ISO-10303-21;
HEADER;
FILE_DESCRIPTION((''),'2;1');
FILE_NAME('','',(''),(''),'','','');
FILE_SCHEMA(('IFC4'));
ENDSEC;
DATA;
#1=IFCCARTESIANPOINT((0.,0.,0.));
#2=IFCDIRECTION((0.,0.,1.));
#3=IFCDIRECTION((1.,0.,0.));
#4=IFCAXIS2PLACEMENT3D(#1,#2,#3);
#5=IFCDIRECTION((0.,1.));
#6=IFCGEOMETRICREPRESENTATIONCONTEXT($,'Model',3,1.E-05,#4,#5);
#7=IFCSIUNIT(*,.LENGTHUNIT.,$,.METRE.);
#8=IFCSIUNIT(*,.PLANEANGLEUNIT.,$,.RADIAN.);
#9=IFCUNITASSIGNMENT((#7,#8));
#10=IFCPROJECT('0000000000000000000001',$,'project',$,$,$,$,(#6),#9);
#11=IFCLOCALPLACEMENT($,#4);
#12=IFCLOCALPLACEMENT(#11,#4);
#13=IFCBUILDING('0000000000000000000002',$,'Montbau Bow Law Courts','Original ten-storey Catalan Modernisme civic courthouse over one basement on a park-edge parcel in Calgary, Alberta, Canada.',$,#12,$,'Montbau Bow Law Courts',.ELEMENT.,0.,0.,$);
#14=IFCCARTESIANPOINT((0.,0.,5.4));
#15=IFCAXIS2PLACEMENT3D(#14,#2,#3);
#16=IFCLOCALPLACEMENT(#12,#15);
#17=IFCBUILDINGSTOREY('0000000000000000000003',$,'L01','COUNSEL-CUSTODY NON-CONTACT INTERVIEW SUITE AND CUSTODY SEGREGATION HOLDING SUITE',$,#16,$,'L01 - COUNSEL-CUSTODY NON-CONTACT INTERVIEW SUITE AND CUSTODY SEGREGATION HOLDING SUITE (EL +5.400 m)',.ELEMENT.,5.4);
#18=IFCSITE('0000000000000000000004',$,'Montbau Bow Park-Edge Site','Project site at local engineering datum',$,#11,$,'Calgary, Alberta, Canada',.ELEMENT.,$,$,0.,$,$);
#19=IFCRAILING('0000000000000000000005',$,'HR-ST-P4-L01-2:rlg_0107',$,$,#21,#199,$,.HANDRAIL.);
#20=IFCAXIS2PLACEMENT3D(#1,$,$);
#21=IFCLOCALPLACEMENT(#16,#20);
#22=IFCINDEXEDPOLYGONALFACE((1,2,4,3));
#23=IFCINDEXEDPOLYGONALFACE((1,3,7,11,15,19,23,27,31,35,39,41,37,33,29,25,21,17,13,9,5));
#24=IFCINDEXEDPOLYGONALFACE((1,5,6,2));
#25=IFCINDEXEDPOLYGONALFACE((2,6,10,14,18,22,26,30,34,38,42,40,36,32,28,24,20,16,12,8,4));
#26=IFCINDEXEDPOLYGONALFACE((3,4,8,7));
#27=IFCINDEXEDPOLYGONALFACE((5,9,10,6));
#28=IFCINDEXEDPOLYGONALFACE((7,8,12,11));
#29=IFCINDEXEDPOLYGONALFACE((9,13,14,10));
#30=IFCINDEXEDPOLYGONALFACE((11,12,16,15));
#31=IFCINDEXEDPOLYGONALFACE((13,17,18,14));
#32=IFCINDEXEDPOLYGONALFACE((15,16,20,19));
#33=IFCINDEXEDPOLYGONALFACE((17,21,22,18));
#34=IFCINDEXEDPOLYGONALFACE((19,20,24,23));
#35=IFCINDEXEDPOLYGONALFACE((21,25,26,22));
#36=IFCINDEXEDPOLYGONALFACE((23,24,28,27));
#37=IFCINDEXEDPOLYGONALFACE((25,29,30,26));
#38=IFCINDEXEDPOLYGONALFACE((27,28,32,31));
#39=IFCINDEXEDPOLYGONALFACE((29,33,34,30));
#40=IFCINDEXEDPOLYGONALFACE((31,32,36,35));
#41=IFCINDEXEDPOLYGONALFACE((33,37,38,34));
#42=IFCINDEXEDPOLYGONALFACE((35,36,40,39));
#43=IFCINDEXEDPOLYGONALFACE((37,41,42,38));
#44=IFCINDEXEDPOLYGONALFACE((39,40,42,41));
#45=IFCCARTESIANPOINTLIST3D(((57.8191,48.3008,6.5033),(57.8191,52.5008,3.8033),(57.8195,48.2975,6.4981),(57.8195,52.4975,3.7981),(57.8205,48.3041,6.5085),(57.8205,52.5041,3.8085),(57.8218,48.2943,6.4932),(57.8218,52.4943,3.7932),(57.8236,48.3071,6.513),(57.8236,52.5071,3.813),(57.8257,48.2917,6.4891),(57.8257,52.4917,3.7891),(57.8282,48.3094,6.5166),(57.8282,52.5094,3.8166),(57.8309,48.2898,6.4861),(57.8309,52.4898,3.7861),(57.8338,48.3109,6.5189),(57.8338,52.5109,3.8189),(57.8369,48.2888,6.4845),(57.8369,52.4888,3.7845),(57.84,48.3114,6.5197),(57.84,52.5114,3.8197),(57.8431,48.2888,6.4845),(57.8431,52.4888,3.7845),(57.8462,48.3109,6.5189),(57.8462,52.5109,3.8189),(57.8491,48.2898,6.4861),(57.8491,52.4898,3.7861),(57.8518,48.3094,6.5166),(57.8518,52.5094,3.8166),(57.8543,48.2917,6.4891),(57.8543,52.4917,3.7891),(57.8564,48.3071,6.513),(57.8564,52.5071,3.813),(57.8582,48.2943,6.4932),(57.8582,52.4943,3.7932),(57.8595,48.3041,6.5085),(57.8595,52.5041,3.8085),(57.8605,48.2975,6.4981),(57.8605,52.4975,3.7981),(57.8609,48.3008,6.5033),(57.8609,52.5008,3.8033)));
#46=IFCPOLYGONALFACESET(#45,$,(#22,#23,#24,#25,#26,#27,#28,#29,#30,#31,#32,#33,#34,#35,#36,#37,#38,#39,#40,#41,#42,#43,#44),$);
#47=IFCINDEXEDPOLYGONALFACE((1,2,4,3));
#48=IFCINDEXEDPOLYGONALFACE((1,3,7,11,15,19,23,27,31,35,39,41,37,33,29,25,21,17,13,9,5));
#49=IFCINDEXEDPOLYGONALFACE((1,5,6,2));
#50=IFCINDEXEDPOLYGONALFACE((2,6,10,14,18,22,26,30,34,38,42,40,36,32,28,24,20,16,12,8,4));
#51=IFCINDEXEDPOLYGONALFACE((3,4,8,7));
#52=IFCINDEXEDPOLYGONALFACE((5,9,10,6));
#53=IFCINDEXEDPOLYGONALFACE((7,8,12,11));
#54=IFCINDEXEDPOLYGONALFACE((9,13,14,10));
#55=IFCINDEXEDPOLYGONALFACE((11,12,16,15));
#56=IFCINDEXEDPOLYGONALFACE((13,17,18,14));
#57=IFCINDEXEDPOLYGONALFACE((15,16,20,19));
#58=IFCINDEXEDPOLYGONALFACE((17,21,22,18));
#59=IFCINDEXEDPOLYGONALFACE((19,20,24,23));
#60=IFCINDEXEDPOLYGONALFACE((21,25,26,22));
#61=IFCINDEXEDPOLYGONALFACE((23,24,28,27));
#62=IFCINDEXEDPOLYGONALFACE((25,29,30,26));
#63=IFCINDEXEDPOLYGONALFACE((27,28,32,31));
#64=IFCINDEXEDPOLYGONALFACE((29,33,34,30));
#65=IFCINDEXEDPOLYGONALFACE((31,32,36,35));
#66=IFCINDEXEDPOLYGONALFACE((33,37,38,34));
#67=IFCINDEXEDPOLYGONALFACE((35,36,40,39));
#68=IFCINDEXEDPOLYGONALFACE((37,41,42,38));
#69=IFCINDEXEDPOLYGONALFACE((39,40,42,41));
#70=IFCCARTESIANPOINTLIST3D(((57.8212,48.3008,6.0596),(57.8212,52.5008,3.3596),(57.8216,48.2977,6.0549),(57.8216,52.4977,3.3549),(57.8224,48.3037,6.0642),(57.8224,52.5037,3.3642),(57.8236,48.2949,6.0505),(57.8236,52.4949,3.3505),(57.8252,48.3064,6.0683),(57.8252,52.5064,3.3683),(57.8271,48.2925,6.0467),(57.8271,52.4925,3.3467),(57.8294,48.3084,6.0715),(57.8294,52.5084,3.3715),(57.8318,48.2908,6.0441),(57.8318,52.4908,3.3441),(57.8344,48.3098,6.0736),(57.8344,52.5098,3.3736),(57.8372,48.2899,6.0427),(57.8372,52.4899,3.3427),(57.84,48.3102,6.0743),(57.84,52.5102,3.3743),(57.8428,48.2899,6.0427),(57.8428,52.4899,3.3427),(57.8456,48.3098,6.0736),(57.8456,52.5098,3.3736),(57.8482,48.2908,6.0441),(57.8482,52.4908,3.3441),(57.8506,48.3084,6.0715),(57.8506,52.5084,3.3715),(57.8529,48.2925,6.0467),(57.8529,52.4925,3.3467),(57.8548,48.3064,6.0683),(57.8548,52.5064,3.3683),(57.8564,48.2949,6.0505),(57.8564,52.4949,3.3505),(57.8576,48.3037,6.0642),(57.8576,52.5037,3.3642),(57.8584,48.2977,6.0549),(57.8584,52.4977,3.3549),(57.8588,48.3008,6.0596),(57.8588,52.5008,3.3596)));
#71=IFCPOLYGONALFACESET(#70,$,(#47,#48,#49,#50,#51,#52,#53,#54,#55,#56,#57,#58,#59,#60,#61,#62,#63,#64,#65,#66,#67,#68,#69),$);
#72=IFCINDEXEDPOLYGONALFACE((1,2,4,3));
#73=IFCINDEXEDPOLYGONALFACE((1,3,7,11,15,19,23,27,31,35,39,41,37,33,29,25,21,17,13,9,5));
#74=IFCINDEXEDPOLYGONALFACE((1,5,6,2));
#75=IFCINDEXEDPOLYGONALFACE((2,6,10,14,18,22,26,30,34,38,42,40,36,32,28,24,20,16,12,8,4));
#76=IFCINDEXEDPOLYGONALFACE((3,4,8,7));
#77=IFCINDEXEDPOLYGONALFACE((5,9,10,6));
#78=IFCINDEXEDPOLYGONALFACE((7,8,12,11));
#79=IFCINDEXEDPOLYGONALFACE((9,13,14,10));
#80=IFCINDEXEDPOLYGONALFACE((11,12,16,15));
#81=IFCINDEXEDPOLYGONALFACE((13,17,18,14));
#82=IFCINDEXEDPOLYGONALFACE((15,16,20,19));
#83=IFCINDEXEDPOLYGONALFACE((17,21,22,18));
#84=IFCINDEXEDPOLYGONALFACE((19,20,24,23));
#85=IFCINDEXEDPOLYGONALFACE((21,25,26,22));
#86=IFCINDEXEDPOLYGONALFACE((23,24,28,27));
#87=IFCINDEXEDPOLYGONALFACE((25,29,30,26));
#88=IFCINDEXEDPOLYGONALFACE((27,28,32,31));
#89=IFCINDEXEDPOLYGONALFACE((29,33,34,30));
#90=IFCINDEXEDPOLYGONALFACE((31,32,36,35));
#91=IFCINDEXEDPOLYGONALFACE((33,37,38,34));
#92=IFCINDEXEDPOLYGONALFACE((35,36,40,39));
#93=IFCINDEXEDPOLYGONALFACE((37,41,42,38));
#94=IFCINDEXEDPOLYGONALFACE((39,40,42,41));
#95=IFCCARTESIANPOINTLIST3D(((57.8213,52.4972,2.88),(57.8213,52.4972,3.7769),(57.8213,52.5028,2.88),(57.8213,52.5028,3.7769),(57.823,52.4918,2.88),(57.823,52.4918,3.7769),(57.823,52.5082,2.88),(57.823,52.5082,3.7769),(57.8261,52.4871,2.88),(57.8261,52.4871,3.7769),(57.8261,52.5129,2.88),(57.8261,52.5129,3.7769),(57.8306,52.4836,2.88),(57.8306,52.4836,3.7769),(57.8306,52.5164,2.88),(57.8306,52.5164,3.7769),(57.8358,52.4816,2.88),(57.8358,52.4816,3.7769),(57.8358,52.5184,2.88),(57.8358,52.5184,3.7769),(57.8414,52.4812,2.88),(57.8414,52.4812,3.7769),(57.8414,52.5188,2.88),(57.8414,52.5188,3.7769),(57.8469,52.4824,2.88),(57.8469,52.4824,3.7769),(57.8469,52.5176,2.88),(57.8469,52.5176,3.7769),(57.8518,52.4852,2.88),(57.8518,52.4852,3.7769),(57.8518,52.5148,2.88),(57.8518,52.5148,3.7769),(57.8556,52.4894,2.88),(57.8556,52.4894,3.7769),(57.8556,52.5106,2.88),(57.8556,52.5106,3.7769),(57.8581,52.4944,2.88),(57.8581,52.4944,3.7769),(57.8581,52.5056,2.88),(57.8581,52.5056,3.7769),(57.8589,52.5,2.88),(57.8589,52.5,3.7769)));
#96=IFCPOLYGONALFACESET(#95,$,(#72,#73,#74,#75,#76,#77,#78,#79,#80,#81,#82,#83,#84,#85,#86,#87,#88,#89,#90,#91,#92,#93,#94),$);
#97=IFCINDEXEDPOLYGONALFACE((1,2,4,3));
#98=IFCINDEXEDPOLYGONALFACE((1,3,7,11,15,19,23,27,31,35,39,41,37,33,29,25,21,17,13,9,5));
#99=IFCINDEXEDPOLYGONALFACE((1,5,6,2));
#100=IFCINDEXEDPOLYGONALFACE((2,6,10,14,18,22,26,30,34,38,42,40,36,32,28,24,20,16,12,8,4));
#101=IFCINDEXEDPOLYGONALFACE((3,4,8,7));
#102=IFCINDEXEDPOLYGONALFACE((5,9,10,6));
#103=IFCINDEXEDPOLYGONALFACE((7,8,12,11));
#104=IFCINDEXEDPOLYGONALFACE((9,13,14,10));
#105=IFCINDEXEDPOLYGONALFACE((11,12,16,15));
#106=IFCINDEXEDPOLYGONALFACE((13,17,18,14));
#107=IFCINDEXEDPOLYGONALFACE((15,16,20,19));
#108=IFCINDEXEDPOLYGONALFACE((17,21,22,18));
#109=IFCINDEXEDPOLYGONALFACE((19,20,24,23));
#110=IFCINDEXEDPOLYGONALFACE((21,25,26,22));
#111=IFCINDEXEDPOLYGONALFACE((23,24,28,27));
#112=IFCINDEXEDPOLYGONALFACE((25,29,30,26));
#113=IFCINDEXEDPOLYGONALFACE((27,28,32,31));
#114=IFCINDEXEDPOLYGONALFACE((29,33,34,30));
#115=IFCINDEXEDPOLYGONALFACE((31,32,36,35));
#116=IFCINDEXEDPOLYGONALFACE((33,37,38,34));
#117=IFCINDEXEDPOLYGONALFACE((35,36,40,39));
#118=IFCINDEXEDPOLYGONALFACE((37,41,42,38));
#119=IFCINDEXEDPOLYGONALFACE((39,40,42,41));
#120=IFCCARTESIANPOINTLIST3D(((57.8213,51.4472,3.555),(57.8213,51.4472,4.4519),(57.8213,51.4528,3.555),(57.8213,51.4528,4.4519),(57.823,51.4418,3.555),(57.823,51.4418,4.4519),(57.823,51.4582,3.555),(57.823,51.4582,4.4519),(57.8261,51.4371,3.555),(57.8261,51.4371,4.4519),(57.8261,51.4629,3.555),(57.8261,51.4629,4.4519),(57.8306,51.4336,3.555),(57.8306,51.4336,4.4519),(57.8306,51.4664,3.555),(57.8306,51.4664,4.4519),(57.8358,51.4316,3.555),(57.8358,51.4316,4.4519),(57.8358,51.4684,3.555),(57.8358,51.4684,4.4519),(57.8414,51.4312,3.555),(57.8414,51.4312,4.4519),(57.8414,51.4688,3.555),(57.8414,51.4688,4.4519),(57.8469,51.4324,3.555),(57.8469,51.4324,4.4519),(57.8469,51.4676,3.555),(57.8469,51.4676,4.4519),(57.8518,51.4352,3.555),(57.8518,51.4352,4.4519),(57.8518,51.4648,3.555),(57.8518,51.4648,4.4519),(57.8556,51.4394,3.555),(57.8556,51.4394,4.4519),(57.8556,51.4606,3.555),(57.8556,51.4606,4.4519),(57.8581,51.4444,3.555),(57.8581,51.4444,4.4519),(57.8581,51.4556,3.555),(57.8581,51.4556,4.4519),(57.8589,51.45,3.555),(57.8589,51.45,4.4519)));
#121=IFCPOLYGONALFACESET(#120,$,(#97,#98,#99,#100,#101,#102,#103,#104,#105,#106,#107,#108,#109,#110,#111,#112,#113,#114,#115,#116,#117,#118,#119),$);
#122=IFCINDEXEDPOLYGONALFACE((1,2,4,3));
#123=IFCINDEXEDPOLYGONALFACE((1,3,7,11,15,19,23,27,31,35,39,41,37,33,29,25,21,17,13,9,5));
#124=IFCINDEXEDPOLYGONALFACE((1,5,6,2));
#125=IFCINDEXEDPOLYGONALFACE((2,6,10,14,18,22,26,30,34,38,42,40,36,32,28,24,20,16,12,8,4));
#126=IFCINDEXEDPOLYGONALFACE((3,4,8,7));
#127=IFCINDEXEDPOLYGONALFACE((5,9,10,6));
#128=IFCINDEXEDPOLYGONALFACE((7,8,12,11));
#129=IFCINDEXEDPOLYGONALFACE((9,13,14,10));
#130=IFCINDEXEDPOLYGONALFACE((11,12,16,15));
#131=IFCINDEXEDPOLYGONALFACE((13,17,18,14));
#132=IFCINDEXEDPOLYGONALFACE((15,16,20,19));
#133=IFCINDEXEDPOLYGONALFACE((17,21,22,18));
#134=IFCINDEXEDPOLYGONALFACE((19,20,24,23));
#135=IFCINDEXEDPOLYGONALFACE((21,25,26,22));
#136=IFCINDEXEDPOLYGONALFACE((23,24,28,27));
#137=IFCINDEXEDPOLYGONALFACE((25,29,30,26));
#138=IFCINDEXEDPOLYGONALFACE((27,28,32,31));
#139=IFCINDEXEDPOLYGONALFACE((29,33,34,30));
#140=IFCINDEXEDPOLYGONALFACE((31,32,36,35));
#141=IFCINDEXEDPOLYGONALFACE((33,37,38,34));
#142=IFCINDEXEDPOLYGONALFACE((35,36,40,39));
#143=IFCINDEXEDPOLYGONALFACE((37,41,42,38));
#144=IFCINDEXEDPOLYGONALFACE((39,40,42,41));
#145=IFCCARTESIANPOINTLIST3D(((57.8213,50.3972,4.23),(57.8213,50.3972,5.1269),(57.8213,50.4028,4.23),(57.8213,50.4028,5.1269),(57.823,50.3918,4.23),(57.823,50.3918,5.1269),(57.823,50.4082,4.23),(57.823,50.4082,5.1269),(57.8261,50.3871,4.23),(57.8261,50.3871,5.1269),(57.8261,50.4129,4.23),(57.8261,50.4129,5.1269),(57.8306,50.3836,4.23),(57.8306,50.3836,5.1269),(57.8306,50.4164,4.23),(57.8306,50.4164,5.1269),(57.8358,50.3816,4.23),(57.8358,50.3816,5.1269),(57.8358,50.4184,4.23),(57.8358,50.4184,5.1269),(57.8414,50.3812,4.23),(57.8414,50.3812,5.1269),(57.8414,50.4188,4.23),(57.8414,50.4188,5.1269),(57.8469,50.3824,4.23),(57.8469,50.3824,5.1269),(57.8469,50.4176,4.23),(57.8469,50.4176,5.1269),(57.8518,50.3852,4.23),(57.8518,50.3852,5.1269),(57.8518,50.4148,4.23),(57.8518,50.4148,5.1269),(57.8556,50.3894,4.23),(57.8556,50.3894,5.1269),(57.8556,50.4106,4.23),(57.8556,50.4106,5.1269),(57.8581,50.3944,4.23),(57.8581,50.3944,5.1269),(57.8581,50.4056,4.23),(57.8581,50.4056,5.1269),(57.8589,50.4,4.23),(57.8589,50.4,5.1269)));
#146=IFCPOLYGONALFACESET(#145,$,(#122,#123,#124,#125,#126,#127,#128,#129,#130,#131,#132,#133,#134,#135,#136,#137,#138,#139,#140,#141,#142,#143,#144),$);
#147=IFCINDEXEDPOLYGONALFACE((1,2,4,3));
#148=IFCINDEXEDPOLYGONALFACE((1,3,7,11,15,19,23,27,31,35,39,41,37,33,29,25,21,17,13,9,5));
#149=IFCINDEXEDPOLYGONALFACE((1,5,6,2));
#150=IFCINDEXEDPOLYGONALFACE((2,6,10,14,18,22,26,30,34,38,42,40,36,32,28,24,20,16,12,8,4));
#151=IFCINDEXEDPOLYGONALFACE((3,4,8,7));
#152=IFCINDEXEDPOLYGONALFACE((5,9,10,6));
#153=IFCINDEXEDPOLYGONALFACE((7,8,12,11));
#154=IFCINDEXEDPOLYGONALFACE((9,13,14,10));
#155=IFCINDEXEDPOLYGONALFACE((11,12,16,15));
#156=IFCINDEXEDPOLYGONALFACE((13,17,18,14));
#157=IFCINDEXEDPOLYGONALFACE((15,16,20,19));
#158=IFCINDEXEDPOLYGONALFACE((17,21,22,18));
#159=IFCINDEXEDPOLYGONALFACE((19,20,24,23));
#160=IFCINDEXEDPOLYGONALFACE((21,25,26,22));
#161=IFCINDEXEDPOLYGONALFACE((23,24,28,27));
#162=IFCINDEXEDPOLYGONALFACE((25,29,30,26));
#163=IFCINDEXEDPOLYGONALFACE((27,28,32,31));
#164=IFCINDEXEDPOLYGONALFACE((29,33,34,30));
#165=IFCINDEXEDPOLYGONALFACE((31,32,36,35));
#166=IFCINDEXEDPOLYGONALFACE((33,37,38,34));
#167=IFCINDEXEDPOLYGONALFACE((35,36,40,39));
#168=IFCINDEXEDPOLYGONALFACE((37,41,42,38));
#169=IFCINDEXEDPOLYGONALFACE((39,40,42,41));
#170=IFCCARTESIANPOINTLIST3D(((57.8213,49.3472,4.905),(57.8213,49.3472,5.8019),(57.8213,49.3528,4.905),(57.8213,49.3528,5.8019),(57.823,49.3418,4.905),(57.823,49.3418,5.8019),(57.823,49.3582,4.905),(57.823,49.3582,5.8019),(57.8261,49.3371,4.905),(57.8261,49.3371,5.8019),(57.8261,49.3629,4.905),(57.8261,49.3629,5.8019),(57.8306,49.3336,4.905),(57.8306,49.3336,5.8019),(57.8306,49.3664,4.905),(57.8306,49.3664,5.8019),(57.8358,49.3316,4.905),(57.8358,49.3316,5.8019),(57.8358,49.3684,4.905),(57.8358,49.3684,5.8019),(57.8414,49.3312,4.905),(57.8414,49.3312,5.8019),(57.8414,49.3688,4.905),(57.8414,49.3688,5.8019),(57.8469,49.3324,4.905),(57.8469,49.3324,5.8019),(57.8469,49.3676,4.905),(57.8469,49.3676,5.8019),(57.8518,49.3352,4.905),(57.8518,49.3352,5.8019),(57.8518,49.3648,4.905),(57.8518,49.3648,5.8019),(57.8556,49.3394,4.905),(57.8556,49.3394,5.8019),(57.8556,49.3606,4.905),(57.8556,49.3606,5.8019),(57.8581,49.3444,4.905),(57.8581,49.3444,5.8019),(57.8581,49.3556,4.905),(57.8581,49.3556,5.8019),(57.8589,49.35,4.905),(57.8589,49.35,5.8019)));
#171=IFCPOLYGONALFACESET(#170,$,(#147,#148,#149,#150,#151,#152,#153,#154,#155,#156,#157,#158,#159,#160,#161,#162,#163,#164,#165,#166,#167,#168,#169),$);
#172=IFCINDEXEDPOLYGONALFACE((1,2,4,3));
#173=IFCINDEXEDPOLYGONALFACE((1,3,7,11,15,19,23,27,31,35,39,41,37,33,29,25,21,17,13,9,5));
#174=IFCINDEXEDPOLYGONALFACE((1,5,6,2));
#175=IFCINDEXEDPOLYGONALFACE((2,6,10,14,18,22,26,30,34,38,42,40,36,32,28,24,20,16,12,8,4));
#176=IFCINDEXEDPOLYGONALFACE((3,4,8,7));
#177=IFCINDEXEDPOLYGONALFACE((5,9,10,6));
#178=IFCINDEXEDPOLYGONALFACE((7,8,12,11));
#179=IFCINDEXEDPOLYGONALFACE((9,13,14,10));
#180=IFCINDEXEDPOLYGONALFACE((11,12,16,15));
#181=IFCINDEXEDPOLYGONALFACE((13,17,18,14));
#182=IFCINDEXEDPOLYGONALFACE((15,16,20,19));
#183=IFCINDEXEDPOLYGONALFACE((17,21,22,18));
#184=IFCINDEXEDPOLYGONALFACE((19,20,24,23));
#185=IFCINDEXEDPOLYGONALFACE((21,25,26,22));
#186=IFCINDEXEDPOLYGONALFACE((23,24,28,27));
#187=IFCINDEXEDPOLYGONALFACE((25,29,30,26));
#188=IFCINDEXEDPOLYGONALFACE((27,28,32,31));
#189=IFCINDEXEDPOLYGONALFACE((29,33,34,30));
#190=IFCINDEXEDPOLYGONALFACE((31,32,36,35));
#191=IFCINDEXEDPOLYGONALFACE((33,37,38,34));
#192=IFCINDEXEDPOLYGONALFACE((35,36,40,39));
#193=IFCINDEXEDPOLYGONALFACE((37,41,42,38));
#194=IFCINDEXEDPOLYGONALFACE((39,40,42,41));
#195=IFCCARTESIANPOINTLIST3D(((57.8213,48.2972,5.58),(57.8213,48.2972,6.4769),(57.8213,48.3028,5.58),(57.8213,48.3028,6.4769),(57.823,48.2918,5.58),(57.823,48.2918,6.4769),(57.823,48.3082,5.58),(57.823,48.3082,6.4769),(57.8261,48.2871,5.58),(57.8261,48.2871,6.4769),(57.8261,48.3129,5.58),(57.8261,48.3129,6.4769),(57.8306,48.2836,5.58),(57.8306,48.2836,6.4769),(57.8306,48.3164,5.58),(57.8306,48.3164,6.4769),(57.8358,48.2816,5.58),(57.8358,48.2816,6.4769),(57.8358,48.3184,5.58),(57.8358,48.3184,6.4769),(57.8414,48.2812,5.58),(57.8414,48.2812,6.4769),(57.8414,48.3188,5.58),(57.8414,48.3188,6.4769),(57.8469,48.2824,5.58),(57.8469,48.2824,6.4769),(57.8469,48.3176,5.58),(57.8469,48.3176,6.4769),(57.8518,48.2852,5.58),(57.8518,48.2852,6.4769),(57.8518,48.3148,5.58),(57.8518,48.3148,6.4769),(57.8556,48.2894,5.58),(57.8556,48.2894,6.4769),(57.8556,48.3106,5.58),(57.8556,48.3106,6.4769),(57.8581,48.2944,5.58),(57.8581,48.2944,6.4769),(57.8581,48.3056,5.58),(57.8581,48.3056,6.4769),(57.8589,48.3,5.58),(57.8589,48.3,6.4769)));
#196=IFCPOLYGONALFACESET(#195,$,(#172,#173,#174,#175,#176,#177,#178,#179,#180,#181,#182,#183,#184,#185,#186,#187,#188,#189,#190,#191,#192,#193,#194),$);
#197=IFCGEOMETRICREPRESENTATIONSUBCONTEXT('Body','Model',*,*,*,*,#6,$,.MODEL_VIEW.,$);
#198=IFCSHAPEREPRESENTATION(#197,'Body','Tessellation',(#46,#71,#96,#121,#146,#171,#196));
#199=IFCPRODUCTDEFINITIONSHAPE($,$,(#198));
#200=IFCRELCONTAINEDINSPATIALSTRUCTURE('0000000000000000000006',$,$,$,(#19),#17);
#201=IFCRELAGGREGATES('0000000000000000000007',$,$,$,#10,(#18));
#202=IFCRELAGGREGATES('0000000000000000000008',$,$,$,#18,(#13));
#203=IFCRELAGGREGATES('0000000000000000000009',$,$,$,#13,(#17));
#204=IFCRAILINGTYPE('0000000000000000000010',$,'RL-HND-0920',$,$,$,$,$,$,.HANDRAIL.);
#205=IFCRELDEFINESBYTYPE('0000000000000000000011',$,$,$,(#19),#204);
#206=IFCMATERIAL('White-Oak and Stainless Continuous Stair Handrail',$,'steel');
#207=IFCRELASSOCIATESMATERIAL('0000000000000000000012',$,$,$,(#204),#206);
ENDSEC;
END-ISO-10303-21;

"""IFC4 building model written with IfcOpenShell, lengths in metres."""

from ifc_helpers import new_model, si_unit, direction, frame, origin_with_axes, origin_2d_with_axis, place, context, subcontext, project, spatial, circle, extrude, material, type_object, element, save


model = new_model("IFC4")

# Units and contexts
model_context = context("Model", 3, precision=1e-05, world=origin_with_axes(), true_north=direction((0.0, 1.0)))
body_context = subcontext(model_context, "Body", "Model", "MODEL_VIEW")
ifc_project = project(units=[si_unit("LENGTHUNIT", "METRE"), si_unit("PLANEANGLEUNIT", "RADIAN")], contexts=[model_context])

# Site, building, storey
site_placement = place(None, origin_with_axes())
site = spatial("IfcSite", under=ifc_project, at=site_placement, Name="Montbau Bow Park-Edge Site", Description="Project site at local engineering datum", LongName="Calgary, Alberta, Canada", CompositionType="ELEMENT", RefElevation=0.0)
building_placement = place(site_placement, origin_with_axes())
building = spatial("IfcBuilding", under=site, at=building_placement, Name="Montbau Bow Law Courts", Description="Original ten-storey Catalan Modernisme civic courthouse over one basement on a park-edge parcel in Calgary, Alberta, Canada.", LongName="Montbau Bow Law Courts", CompositionType="ELEMENT", ElevationOfRefHeight=0.0, ElevationOfTerrain=0.0)
storey_placement = place(building_placement, frame((0.0, 0.0, 5.4), z_axis=(0.0, 0.0, 1.0), x_axis=(1.0, 0.0, 0.0)))
storey = spatial("IfcBuildingStorey", under=building, at=storey_placement, Name="L01", Description="COUNSEL-CUSTODY NON-CONTACT INTERVIEW SUITE AND CUSTODY SEGREGATION HOLDING SUITE", LongName="L01 - COUNSEL-CUSTODY NON-CONTACT INTERVIEW SUITE AND CUSTODY SEGREGATION HOLDING SUITE (EL +5.400 m)", CompositionType="ELEMENT", Elevation=5.4)

# Railing
ifc_material_1 = material(Name="White-Oak and Stainless Continuous Stair Handrail", Category="steel")
railing_type_1 = type_object("IfcRailingType", Name="RL-HND-0920", PredefinedType="HANDRAIL", material=ifc_material_1)
railing_1_placement = place(None, origin_with_axes())
element("IfcRailing", 1, at=railing_1_placement, inside=storey, type_object=railing_type_1, Name="HR-ST-P4-L01-2:rlg_0107", PredefinedType="HANDRAIL", context=body_context, shape_type="SweptSolid", body=[
    extrude(circle(Radius=0.021, at=origin_2d_with_axis()), frame((57.84, 52.5, 9.202), z_axis=(0.0, -0.841178, 0.540758), x_axis=(0.0, 0.540758, 0.841178)), (0.0, 0.0, 1.0), 4.993),
    extrude(circle(Radius=0.0189, at=origin_2d_with_axis()), frame((57.84, 52.5, 8.7584), z_axis=(0.0, -0.841178, 0.540758), x_axis=(0.0, 0.540758, 0.841178)), (0.0, 0.0, 1.0), 4.993),
    extrude(circle(Radius=0.0189, at=origin_2d_with_axis()), frame((57.84, 52.5, 8.28), z_axis=(0.0, 0.0, 1.0), x_axis=(1.0, 0.0, 0.0)), (0.0, 0.0, 1.0), 0.8969),
    extrude(circle(Radius=0.0189, at=origin_2d_with_axis()), frame((57.84, 51.45, 8.955), z_axis=(0.0, 0.0, 1.0), x_axis=(1.0, 0.0, 0.0)), (0.0, 0.0, 1.0), 0.8969),
    extrude(circle(Radius=0.0189, at=origin_2d_with_axis()), frame((57.84, 50.4, 9.63), z_axis=(0.0, 0.0, 1.0), x_axis=(1.0, 0.0, 0.0)), (0.0, 0.0, 1.0), 0.8969),
    extrude(circle(Radius=0.0189, at=origin_2d_with_axis()), frame((57.84, 49.35, 10.305), z_axis=(0.0, 0.0, 1.0), x_axis=(1.0, 0.0, 0.0)), (0.0, 0.0, 1.0), 0.8969),
    extrude(circle(Radius=0.0189, at=origin_2d_with_axis()), frame((57.84, 48.3, 10.98), z_axis=(0.0, 0.0, 1.0), x_axis=(1.0, 0.0, 0.0)), (0.0, 0.0, 1.0), 0.8969),
])

save(model, "model.ifc")
